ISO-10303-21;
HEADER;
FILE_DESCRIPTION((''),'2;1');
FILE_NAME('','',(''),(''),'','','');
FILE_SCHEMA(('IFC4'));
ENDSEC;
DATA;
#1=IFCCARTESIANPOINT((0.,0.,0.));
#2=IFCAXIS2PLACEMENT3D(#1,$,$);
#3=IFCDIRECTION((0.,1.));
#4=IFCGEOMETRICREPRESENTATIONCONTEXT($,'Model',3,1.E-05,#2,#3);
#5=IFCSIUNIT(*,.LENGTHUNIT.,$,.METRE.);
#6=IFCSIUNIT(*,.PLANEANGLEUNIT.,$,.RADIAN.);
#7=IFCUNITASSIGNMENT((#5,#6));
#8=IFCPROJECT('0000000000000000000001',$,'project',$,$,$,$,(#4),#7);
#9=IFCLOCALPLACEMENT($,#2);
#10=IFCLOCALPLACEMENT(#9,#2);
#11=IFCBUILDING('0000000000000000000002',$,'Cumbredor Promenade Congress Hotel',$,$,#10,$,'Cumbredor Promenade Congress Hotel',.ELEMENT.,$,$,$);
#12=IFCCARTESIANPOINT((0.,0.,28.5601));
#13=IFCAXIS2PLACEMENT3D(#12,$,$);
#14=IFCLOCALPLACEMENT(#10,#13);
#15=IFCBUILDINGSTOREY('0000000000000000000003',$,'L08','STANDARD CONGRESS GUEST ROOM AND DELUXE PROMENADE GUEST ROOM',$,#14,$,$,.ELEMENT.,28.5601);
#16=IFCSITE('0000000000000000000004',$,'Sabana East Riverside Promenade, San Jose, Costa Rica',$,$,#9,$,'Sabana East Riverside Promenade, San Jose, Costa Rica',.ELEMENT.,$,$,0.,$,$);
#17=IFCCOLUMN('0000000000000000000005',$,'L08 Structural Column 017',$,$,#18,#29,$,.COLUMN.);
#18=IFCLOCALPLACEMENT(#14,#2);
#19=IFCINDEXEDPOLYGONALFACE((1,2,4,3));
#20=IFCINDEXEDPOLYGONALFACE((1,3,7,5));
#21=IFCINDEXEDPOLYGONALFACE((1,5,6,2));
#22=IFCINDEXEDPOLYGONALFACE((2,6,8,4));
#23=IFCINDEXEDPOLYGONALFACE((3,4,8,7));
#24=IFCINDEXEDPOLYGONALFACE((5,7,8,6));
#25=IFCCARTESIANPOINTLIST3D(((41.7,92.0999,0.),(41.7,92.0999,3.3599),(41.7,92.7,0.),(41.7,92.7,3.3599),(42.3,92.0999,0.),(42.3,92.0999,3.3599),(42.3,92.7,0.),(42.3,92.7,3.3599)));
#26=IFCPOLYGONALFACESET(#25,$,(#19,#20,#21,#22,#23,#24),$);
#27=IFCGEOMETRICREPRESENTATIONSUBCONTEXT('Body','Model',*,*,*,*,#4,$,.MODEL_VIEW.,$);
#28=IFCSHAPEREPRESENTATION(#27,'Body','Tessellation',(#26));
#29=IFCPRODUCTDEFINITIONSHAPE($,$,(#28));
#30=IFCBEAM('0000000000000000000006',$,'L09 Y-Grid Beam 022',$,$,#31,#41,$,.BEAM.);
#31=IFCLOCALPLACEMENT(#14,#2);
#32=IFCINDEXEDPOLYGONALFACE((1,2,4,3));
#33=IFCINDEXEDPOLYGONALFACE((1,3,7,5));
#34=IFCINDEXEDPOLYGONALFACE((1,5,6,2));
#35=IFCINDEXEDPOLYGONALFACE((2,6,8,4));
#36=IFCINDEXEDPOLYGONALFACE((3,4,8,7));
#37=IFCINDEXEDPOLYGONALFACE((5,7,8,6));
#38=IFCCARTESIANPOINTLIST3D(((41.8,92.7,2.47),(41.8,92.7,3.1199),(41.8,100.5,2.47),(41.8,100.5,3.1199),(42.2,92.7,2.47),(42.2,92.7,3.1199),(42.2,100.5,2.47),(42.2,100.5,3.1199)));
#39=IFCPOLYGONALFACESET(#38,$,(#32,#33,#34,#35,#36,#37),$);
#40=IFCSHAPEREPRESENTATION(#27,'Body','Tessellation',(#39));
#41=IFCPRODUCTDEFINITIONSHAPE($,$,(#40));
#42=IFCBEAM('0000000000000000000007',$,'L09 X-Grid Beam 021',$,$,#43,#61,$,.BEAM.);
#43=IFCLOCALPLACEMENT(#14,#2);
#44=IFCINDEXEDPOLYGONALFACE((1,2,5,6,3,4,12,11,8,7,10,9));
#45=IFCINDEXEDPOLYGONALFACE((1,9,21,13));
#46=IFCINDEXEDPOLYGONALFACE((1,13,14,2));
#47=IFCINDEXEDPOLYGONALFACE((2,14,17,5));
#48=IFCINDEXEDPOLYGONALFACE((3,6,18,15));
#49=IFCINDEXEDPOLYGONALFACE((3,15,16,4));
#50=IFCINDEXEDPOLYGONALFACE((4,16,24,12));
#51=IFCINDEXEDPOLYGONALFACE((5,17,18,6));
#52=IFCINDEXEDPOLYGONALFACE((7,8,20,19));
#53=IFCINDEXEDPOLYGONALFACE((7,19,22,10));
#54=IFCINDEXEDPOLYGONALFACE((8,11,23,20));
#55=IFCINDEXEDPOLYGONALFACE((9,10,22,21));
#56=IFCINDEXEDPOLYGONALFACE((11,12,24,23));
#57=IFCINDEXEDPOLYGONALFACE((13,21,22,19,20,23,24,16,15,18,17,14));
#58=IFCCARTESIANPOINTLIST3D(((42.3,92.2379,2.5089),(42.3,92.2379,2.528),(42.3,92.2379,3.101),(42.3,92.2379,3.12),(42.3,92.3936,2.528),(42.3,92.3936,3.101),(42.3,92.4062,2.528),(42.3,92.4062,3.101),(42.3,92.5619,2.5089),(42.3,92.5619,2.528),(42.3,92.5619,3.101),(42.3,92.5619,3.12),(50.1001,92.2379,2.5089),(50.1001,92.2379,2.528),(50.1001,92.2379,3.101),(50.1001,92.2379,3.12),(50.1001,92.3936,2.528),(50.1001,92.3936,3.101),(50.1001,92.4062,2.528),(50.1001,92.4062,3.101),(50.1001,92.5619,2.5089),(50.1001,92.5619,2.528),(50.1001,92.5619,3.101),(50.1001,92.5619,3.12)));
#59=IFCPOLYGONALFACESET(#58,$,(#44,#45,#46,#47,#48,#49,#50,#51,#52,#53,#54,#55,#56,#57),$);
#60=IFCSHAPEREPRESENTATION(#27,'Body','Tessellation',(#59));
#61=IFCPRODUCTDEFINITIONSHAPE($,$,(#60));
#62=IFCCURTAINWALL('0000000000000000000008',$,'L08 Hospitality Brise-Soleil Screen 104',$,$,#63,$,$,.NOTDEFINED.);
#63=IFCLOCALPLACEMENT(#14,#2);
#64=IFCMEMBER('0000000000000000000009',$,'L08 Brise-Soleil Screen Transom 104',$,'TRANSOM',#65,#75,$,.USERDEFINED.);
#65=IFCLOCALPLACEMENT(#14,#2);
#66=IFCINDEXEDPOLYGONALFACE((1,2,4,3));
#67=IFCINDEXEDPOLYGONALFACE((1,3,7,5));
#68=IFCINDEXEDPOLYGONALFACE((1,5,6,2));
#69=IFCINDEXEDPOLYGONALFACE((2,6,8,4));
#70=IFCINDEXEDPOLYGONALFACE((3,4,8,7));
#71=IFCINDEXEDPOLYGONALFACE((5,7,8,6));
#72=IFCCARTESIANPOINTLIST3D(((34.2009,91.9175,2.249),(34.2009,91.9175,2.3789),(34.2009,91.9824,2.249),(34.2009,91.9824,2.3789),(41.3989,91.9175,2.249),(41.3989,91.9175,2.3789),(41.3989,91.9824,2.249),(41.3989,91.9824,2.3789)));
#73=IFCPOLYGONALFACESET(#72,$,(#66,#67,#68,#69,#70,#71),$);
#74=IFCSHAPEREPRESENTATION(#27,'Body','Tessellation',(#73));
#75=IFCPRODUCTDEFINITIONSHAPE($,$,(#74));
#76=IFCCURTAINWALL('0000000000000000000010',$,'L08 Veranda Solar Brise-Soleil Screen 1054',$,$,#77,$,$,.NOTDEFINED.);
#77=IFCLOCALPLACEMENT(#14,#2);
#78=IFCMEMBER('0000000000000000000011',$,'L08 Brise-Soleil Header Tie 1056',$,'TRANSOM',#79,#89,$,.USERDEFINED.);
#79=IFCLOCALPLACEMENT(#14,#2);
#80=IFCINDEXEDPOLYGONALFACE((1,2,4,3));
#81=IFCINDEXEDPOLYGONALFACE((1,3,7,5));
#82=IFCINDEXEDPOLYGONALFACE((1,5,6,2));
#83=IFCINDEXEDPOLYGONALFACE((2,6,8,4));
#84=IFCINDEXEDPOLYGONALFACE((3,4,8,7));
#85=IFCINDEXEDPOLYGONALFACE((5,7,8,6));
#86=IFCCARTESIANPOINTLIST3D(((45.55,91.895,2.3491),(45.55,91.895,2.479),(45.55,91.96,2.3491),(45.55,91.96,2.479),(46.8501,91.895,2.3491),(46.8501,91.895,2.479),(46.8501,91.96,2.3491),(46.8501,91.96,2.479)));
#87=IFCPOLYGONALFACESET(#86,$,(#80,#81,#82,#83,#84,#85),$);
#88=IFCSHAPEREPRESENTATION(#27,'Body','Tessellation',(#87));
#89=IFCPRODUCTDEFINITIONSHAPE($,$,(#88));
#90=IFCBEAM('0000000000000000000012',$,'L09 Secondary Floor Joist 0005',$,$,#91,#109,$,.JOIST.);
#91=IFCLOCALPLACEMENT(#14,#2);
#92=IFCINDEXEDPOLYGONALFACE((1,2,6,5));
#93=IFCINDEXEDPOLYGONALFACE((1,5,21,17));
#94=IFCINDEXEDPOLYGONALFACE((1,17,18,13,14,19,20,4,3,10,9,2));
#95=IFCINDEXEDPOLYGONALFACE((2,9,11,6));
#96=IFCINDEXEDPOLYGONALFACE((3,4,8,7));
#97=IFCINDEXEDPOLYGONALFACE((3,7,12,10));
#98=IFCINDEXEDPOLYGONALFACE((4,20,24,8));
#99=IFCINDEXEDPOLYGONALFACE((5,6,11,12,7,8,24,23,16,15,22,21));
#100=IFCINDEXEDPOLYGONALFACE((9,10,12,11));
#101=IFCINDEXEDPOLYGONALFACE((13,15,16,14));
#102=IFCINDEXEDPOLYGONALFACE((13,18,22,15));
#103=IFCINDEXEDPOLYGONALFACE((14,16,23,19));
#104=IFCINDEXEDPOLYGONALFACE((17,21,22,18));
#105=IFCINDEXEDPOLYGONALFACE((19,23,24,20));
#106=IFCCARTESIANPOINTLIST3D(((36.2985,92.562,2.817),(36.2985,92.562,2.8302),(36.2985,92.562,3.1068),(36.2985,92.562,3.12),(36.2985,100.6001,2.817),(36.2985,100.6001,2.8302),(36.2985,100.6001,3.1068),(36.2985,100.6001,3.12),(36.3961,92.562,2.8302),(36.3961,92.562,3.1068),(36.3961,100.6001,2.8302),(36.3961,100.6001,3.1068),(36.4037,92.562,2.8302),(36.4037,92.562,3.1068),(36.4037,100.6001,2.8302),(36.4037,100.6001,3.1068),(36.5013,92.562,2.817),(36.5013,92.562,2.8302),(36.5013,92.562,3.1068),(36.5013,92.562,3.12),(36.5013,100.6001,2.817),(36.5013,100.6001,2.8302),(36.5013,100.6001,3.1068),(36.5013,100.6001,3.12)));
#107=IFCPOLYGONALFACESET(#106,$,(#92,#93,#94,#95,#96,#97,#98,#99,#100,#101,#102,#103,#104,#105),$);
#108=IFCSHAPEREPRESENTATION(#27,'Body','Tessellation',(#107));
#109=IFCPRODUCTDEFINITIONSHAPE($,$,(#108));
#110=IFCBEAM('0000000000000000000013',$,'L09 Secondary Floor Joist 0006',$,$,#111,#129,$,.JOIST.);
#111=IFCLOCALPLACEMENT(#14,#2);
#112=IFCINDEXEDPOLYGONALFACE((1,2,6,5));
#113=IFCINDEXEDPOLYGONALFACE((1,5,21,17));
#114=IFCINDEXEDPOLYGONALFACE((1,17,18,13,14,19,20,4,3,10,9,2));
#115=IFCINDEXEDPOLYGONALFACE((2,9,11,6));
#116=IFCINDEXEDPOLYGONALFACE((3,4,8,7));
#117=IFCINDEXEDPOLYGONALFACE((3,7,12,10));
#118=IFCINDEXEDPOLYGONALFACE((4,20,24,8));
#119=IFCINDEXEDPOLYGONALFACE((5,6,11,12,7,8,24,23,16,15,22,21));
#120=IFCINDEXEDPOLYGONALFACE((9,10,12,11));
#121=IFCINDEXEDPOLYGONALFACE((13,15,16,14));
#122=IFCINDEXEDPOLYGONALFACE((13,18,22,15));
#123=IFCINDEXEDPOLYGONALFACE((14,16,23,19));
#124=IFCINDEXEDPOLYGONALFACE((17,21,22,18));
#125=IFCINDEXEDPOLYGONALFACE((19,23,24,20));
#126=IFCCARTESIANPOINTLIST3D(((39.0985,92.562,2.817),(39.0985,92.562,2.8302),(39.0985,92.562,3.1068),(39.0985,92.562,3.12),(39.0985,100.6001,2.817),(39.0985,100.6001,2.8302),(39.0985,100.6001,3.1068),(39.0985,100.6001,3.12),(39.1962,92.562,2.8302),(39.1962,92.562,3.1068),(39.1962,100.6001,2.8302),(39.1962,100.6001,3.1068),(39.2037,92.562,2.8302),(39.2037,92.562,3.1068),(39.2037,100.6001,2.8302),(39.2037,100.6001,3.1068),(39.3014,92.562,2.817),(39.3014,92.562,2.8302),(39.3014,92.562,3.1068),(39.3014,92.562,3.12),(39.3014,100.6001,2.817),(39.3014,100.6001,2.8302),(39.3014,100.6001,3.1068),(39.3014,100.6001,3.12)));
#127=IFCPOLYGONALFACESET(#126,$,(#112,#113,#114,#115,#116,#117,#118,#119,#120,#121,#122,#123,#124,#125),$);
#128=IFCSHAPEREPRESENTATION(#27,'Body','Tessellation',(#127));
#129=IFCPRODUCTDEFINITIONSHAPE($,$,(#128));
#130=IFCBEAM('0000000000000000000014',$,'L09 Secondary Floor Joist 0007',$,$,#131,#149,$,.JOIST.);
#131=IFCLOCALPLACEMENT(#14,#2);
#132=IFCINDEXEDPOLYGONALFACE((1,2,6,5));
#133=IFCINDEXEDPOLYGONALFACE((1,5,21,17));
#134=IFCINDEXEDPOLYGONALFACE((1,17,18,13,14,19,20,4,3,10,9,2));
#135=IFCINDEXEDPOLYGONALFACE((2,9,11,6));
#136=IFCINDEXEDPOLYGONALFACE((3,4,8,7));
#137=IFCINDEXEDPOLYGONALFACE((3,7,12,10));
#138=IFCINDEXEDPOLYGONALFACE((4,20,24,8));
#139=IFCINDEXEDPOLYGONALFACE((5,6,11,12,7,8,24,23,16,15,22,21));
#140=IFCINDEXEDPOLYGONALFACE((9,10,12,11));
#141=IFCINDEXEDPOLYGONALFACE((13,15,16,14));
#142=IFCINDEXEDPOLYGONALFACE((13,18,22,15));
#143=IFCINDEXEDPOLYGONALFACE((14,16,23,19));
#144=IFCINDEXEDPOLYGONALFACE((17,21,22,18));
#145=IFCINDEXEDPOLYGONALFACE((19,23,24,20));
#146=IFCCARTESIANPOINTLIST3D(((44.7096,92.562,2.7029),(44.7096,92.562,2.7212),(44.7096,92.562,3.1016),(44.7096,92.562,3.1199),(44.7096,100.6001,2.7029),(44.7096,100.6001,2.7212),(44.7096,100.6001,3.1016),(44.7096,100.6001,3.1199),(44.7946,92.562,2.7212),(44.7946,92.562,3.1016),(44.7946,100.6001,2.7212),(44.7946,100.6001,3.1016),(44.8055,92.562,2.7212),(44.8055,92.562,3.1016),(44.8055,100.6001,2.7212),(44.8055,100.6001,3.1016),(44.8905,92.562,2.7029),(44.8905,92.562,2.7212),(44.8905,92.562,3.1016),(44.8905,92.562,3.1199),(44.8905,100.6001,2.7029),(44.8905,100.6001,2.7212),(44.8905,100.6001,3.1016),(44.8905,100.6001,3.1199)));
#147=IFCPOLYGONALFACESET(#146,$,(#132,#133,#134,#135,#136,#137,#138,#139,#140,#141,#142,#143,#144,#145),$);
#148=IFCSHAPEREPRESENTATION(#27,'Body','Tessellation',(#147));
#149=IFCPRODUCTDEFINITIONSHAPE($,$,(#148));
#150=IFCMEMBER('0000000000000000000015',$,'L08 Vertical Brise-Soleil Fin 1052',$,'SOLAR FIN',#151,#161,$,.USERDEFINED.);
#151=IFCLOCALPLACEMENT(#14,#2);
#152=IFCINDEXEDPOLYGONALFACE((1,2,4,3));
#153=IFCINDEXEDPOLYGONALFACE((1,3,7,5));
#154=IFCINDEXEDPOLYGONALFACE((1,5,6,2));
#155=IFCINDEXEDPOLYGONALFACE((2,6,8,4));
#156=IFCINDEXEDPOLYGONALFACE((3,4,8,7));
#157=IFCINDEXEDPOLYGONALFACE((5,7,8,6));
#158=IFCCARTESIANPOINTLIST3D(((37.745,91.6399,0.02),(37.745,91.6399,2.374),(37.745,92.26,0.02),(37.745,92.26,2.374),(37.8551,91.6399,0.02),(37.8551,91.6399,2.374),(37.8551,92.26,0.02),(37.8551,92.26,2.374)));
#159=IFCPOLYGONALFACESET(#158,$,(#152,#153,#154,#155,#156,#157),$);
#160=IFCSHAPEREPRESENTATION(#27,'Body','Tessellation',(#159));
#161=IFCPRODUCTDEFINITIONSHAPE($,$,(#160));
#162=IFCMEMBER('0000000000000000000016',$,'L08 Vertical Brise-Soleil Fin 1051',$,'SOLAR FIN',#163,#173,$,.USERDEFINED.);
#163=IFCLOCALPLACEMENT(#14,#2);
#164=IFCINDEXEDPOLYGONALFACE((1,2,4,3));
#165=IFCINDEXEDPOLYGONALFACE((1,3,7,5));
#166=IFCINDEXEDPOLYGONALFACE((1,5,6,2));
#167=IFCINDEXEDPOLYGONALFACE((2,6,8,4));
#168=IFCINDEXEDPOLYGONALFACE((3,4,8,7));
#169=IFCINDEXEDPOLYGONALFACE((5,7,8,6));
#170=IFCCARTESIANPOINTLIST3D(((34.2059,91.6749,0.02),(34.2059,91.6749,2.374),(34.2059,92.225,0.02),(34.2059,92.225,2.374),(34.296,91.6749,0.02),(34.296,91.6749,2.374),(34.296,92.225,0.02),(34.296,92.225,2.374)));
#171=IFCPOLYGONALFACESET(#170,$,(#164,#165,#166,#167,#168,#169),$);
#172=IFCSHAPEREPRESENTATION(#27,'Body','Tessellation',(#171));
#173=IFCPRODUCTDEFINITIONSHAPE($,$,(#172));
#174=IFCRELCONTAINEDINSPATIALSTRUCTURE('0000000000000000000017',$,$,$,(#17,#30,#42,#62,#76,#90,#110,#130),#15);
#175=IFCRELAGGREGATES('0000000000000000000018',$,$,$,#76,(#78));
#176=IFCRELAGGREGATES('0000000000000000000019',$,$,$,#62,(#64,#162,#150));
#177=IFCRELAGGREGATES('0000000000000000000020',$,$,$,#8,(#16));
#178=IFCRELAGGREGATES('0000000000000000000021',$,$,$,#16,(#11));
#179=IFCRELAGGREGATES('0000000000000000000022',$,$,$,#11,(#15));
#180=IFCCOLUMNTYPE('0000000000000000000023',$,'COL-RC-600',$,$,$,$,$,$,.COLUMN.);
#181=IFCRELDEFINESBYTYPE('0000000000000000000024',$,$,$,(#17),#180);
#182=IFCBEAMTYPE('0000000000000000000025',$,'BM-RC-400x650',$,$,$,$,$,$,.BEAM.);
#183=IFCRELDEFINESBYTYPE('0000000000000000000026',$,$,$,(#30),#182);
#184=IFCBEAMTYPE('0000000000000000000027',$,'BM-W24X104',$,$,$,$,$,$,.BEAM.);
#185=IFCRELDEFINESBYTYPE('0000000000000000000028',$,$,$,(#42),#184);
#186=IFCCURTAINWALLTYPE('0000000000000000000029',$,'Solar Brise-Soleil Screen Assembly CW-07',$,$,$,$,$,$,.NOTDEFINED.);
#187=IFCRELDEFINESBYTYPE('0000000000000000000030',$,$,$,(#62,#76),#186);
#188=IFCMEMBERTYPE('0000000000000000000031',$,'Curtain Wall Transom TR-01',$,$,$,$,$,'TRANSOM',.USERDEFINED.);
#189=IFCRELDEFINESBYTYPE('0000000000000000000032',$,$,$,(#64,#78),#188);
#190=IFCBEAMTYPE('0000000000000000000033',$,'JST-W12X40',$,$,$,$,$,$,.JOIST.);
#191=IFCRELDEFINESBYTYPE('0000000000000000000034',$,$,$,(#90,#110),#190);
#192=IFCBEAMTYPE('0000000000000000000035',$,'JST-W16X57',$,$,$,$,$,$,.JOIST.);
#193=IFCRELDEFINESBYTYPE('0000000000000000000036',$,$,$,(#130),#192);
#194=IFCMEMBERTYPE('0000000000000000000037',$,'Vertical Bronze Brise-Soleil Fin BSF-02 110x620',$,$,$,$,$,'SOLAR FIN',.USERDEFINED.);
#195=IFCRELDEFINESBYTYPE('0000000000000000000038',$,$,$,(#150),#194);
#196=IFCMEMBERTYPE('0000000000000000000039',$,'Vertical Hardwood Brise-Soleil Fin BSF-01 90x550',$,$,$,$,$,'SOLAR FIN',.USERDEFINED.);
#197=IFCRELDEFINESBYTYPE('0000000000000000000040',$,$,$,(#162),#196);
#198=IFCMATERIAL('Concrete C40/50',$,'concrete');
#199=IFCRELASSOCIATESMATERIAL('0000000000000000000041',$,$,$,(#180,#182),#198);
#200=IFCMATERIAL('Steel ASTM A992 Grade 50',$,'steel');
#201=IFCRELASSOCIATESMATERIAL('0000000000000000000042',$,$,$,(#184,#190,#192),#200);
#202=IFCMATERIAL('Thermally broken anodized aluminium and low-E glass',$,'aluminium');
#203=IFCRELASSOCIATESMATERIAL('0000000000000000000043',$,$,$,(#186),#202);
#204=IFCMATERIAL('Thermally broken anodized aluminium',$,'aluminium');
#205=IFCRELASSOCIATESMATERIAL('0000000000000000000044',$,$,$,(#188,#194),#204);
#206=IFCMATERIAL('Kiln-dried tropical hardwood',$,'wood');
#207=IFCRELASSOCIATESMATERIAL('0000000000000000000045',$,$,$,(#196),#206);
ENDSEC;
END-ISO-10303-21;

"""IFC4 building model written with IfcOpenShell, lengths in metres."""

from ifc_helpers import new_model, si_unit, direction, frame, origin, origin_2d, place, context, subcontext, project, spatial, rectangle, i_section, extrude, material, material_profile, profile_set, type_object, element, aggregate, save


model = new_model("IFC4")

# Units and contexts
model_context = context("Model", 3, precision=1e-05, world=origin(), true_north=direction((0.0, 1.0)))
body_context = subcontext(model_context, "Body", "Model", "MODEL_VIEW")
ifc_project = project(units=[si_unit("LENGTHUNIT", "METRE"), si_unit("PLANEANGLEUNIT", "RADIAN")], contexts=[model_context])

# Site, building, storey
site_placement = place(None, origin())
site = spatial("IfcSite", under=ifc_project, at=site_placement, Name="Sabana East Riverside Promenade, San Jose, Costa Rica", LongName="Sabana East Riverside Promenade, San Jose, Costa Rica", CompositionType="ELEMENT", RefElevation=0.0)
building_placement = place(site_placement, origin())
building = spatial("IfcBuilding", under=site, at=building_placement, Name="Cumbredor Promenade Congress Hotel", LongName="Cumbredor Promenade Congress Hotel", CompositionType="ELEMENT")
storey_placement = place(building_placement, frame((0.0, 0.0, 28.5601)))
storey = spatial("IfcBuildingStorey", under=building, at=storey_placement, Name="L08", Description="STANDARD CONGRESS GUEST ROOM AND DELUXE PROMENADE GUEST ROOM", CompositionType="ELEMENT", Elevation=28.5601)

# Column
ifc_material_1 = material(Name="Concrete C40/50", Category="concrete")
ifc_material_profile_1 = material_profile(ifc_material_1, rectangle(XDim=0.6001, YDim=0.6001, at=origin_2d()), Name="RC 600x600")
ifc_profile_set_1 = profile_set([ifc_material_profile_1], Name="Concrete C40/50")
column_type = type_object("IfcColumnType", Name="COL-RC-600", PredefinedType="COLUMN", material=ifc_profile_set_1)
column_placement = place(storey_placement, frame((42.0, 92.3999, 0.0), z_axis=(0.0, 0.0, 1.0), x_axis=(1.0, 0.0, 0.0)))
element("IfcColumn", 1, at=column_placement, inside=storey, type_object=column_type, Name="L08 Structural Column 017", PredefinedType="COLUMN", context=body_context, shape_type="SweptSolid", body=[
    extrude(rectangle(XDim=0.6001, YDim=0.6001, at=origin_2d()), origin(), (0.0, 0.0, 1.0), 3.3599),
])

# Beams
ifc_material_profile_2 = material_profile(ifc_material_1, rectangle(XDim=0.3999, YDim=0.6499, at=origin_2d()), Name="RC BEAM 400x650")
ifc_profile_set_2 = profile_set([ifc_material_profile_2], Name="Concrete C40/50")
beam_type_1 = type_object("IfcBeamType", Name="BM-RC-400x650", PredefinedType="BEAM", material=ifc_profile_set_2)
beam_1_placement = place(storey_placement, frame((42.0, 92.7, 2.7949), z_axis=(0.0, 1.0, 0.0), x_axis=(-1.0, 0.0, 0.0)))
element("IfcBeam", 2, at=beam_1_placement, inside=storey, type_object=beam_type_1, Name="L09 Y-Grid Beam 022", PredefinedType="BEAM", context=body_context, shape_type="SweptSolid", body=[
    extrude(rectangle(XDim=0.3999, YDim=0.6499, at=origin_2d()), origin(), (0.0, 0.0, 1.0), 7.8),
])
ifc_material_2 = material(Name="Steel ASTM A992 Grade 50", Category="steel")
ifc_material_profile_3 = material_profile(ifc_material_2, i_section(OverallWidth=0.324, OverallDepth=0.6111, WebThickness=0.0127, FlangeThickness=0.019, at=origin_2d()), Name="W24X104")
ifc_profile_set_3 = profile_set([ifc_material_profile_3], Name="Steel ASTM A992 Grade 50")
beam_type_2 = type_object("IfcBeamType", Name="BM-W24X104", PredefinedType="BEAM", material=ifc_profile_set_3)
beam_2_placement = place(storey_placement, frame((42.3, 92.3999, 2.8145), z_axis=(1.0, 0.0, 0.0), x_axis=(0.0, 1.0, 0.0)))
element("IfcBeam", 3, at=beam_2_placement, inside=storey, type_object=beam_type_2, Name="L09 X-Grid Beam 021", PredefinedType="BEAM", context=body_context, shape_type="SweptSolid", body=[
    extrude(i_section(OverallWidth=0.324, OverallDepth=0.6111, WebThickness=0.0127, FlangeThickness=0.019, at=origin_2d()), origin(), (0.0, 0.0, 1.0), 7.8),
])

# Curtain walls, members
ifc_material_3 = material(Name="Thermally broken anodized aluminium and low-E glass", Category="aluminium")
curtain_wall_type = type_object("IfcCurtainWallType", Name="Solar Brise-Soleil Screen Assembly CW-07", PredefinedType="NOTDEFINED", material=ifc_material_3)
curtain_wall_1_placement = place(storey_placement, origin())
curtain_wall_1 = element("IfcCurtainWall", 4, at=curtain_wall_1_placement, inside=storey, type_object=curtain_wall_type, Name="L08 Hospitality Brise-Soleil Screen 104", PredefinedType="NOTDEFINED")
ifc_material_4 = material(Name="Thermally broken anodized aluminium", Category="aluminium")
ifc_material_profile_4 = material_profile(ifc_material_4, rectangle(XDim=0.0649, YDim=0.1299, at=origin_2d()), Name="ALU TRANSOM 65x130")
ifc_profile_set_4 = profile_set([ifc_material_profile_4], Name="Thermally broken anodized aluminium")
member_type_1 = type_object("IfcMemberType", Name="Curtain Wall Transom TR-01", ElementType="TRANSOM", PredefinedType="USERDEFINED", material=ifc_profile_set_4)
member_1_placement = place(storey_placement, frame((34.2009, 91.95, 2.314), z_axis=(1.0, 0.0, 0.0), x_axis=(0.0, 1.0, 0.0)))
member_1 = element("IfcMember", 5, at=member_1_placement, type_object=member_type_1, Name="L08 Brise-Soleil Screen Transom 104", ObjectType="TRANSOM", PredefinedType="USERDEFINED", context=body_context, shape_type="SweptSolid", body=[
    extrude(rectangle(XDim=0.0649, YDim=0.1299, at=origin_2d()), origin(), (0.0, 0.0, 1.0), 7.198),
])
curtain_wall_2_placement = place(storey_placement, origin())
curtain_wall_2 = element("IfcCurtainWall", 6, at=curtain_wall_2_placement, inside=storey, type_object=curtain_wall_type, Name="L08 Veranda Solar Brise-Soleil Screen 1054", PredefinedType="NOTDEFINED")
member_2_placement = place(storey_placement, frame((45.55, 91.9275, 2.4141), z_axis=(1.0, 0.0, 0.0), x_axis=(0.0, 1.0, 0.0)))
member_2 = element("IfcMember", 7, at=member_2_placement, type_object=member_type_1, Name="L08 Brise-Soleil Header Tie 1056", ObjectType="TRANSOM", PredefinedType="USERDEFINED", context=body_context, shape_type="SweptSolid", body=[
    extrude(rectangle(XDim=0.0649, YDim=0.1299, at=origin_2d()), origin(), (0.0, 0.0, 1.0), 1.3),
])
aggregate(curtain_wall_2, [member_2])

# Beams
ifc_material_profile_5 = material_profile(ifc_material_2, i_section(OverallWidth=0.2029, OverallDepth=0.303, WebThickness=0.0076, FlangeThickness=0.0132, at=origin_2d()), Name="W12X40")
ifc_profile_set_5 = profile_set([ifc_material_profile_5], Name="Steel ASTM A992 Grade 50")
beam_type_3 = type_object("IfcBeamType", Name="JST-W12X40", PredefinedType="JOIST", material=ifc_profile_set_5)
for number, where, z_axis, x_axis, name in (
    (8, (36.3999, 92.562, 2.9685), (0.0, 1.0, 0.0), (-1.0, 0.0, 0.0), "L09 Secondary Floor Joist 0005"),
    (9, (39.2, 92.562, 2.9685), (0.0, 1.0, 0.0), (-1.0, 0.0, 0.0), "L09 Secondary Floor Joist 0006"),
):
    element("IfcBeam", number, at=place(storey_placement, frame(where, z_axis=z_axis, x_axis=x_axis)), inside=storey, type_object=beam_type_3, Name=name, PredefinedType="JOIST", context=body_context, shape_type="SweptSolid", body=[
        extrude(i_section(OverallWidth=0.2029, OverallDepth=0.303, WebThickness=0.0076, FlangeThickness=0.0132, at=origin_2d()), origin(), (0.0, 0.0, 1.0), 8.0381),
    ])
ifc_material_profile_6 = material_profile(ifc_material_2, i_section(OverallWidth=0.1809, OverallDepth=0.417, WebThickness=0.011, FlangeThickness=0.0183, at=origin_2d()), Name="W16X57")
ifc_profile_set_6 = profile_set([ifc_material_profile_6], Name="Steel ASTM A992 Grade 50")
beam_type_4 = type_object("IfcBeamType", Name="JST-W16X57", PredefinedType="JOIST", material=ifc_profile_set_6)
beam_3_placement = place(storey_placement, frame((44.8, 92.562, 2.9114), z_axis=(0.0, 1.0, 0.0), x_axis=(-1.0, 0.0, 0.0)))
element("IfcBeam", 10, at=beam_3_placement, inside=storey, type_object=beam_type_4, Name="L09 Secondary Floor Joist 0007", PredefinedType="JOIST", context=body_context, shape_type="SweptSolid", body=[
    extrude(i_section(OverallWidth=0.1809, OverallDepth=0.417, WebThickness=0.011, FlangeThickness=0.0183, at=origin_2d()), origin(), (0.0, 0.0, 1.0), 8.0381),
])

# Members
ifc_material_profile_7 = material_profile(ifc_material_4, rectangle(XDim=0.1101, YDim=0.6201, at=origin_2d()), Name="ARCH FIN 110x620")
ifc_profile_set_7 = profile_set([ifc_material_profile_7], Name="Thermally broken anodized aluminium")
member_type_2 = type_object("IfcMemberType", Name="Vertical Bronze Brise-Soleil Fin BSF-02 110x620", ElementType="SOLAR FIN", PredefinedType="USERDEFINED", material=ifc_profile_set_7)
member_3_placement = place(storey_placement, frame((37.8, 91.95, 0.02), z_axis=(0.0, 0.0, 1.0), x_axis=(1.0, 0.0, 0.0)))
member_3 = element("IfcMember", 11, at=member_3_placement, type_object=member_type_2, Name="L08 Vertical Brise-Soleil Fin 1052", ObjectType="SOLAR FIN", PredefinedType="USERDEFINED", context=body_context, shape_type="SweptSolid", body=[
    extrude(rectangle(XDim=0.1101, YDim=0.6201, at=origin_2d()), origin(), (0.0, 0.0, 1.0), 2.354),
])
ifc_material_5 = material(Name="Kiln-dried tropical hardwood", Category="wood")
ifc_material_profile_8 = material_profile(ifc_material_5, rectangle(XDim=0.0901, YDim=0.55, at=origin_2d()), Name="ARCH FIN 90x550")
ifc_profile_set_8 = profile_set([ifc_material_profile_8], Name="Kiln-dried tropical hardwood")
member_type_3 = type_object("IfcMemberType", Name="Vertical Hardwood Brise-Soleil Fin BSF-01 90x550", ElementType="SOLAR FIN", PredefinedType="USERDEFINED", material=ifc_profile_set_8)
member_4_placement = place(storey_placement, frame((34.251, 91.95, 0.02), z_axis=(0.0, 0.0, 1.0), x_axis=(1.0, 0.0, 0.0)))
member_4 = element("IfcMember", 12, at=member_4_placement, type_object=member_type_3, Name="L08 Vertical Brise-Soleil Fin 1051", ObjectType="SOLAR FIN", PredefinedType="USERDEFINED", context=body_context, shape_type="SweptSolid", body=[
    extrude(rectangle(XDim=0.0901, YDim=0.55, at=origin_2d()), origin(), (0.0, 0.0, 1.0), 2.354),
])
aggregate(curtain_wall_1, [member_1, member_4, member_3])

save(model, "model.ifc")
